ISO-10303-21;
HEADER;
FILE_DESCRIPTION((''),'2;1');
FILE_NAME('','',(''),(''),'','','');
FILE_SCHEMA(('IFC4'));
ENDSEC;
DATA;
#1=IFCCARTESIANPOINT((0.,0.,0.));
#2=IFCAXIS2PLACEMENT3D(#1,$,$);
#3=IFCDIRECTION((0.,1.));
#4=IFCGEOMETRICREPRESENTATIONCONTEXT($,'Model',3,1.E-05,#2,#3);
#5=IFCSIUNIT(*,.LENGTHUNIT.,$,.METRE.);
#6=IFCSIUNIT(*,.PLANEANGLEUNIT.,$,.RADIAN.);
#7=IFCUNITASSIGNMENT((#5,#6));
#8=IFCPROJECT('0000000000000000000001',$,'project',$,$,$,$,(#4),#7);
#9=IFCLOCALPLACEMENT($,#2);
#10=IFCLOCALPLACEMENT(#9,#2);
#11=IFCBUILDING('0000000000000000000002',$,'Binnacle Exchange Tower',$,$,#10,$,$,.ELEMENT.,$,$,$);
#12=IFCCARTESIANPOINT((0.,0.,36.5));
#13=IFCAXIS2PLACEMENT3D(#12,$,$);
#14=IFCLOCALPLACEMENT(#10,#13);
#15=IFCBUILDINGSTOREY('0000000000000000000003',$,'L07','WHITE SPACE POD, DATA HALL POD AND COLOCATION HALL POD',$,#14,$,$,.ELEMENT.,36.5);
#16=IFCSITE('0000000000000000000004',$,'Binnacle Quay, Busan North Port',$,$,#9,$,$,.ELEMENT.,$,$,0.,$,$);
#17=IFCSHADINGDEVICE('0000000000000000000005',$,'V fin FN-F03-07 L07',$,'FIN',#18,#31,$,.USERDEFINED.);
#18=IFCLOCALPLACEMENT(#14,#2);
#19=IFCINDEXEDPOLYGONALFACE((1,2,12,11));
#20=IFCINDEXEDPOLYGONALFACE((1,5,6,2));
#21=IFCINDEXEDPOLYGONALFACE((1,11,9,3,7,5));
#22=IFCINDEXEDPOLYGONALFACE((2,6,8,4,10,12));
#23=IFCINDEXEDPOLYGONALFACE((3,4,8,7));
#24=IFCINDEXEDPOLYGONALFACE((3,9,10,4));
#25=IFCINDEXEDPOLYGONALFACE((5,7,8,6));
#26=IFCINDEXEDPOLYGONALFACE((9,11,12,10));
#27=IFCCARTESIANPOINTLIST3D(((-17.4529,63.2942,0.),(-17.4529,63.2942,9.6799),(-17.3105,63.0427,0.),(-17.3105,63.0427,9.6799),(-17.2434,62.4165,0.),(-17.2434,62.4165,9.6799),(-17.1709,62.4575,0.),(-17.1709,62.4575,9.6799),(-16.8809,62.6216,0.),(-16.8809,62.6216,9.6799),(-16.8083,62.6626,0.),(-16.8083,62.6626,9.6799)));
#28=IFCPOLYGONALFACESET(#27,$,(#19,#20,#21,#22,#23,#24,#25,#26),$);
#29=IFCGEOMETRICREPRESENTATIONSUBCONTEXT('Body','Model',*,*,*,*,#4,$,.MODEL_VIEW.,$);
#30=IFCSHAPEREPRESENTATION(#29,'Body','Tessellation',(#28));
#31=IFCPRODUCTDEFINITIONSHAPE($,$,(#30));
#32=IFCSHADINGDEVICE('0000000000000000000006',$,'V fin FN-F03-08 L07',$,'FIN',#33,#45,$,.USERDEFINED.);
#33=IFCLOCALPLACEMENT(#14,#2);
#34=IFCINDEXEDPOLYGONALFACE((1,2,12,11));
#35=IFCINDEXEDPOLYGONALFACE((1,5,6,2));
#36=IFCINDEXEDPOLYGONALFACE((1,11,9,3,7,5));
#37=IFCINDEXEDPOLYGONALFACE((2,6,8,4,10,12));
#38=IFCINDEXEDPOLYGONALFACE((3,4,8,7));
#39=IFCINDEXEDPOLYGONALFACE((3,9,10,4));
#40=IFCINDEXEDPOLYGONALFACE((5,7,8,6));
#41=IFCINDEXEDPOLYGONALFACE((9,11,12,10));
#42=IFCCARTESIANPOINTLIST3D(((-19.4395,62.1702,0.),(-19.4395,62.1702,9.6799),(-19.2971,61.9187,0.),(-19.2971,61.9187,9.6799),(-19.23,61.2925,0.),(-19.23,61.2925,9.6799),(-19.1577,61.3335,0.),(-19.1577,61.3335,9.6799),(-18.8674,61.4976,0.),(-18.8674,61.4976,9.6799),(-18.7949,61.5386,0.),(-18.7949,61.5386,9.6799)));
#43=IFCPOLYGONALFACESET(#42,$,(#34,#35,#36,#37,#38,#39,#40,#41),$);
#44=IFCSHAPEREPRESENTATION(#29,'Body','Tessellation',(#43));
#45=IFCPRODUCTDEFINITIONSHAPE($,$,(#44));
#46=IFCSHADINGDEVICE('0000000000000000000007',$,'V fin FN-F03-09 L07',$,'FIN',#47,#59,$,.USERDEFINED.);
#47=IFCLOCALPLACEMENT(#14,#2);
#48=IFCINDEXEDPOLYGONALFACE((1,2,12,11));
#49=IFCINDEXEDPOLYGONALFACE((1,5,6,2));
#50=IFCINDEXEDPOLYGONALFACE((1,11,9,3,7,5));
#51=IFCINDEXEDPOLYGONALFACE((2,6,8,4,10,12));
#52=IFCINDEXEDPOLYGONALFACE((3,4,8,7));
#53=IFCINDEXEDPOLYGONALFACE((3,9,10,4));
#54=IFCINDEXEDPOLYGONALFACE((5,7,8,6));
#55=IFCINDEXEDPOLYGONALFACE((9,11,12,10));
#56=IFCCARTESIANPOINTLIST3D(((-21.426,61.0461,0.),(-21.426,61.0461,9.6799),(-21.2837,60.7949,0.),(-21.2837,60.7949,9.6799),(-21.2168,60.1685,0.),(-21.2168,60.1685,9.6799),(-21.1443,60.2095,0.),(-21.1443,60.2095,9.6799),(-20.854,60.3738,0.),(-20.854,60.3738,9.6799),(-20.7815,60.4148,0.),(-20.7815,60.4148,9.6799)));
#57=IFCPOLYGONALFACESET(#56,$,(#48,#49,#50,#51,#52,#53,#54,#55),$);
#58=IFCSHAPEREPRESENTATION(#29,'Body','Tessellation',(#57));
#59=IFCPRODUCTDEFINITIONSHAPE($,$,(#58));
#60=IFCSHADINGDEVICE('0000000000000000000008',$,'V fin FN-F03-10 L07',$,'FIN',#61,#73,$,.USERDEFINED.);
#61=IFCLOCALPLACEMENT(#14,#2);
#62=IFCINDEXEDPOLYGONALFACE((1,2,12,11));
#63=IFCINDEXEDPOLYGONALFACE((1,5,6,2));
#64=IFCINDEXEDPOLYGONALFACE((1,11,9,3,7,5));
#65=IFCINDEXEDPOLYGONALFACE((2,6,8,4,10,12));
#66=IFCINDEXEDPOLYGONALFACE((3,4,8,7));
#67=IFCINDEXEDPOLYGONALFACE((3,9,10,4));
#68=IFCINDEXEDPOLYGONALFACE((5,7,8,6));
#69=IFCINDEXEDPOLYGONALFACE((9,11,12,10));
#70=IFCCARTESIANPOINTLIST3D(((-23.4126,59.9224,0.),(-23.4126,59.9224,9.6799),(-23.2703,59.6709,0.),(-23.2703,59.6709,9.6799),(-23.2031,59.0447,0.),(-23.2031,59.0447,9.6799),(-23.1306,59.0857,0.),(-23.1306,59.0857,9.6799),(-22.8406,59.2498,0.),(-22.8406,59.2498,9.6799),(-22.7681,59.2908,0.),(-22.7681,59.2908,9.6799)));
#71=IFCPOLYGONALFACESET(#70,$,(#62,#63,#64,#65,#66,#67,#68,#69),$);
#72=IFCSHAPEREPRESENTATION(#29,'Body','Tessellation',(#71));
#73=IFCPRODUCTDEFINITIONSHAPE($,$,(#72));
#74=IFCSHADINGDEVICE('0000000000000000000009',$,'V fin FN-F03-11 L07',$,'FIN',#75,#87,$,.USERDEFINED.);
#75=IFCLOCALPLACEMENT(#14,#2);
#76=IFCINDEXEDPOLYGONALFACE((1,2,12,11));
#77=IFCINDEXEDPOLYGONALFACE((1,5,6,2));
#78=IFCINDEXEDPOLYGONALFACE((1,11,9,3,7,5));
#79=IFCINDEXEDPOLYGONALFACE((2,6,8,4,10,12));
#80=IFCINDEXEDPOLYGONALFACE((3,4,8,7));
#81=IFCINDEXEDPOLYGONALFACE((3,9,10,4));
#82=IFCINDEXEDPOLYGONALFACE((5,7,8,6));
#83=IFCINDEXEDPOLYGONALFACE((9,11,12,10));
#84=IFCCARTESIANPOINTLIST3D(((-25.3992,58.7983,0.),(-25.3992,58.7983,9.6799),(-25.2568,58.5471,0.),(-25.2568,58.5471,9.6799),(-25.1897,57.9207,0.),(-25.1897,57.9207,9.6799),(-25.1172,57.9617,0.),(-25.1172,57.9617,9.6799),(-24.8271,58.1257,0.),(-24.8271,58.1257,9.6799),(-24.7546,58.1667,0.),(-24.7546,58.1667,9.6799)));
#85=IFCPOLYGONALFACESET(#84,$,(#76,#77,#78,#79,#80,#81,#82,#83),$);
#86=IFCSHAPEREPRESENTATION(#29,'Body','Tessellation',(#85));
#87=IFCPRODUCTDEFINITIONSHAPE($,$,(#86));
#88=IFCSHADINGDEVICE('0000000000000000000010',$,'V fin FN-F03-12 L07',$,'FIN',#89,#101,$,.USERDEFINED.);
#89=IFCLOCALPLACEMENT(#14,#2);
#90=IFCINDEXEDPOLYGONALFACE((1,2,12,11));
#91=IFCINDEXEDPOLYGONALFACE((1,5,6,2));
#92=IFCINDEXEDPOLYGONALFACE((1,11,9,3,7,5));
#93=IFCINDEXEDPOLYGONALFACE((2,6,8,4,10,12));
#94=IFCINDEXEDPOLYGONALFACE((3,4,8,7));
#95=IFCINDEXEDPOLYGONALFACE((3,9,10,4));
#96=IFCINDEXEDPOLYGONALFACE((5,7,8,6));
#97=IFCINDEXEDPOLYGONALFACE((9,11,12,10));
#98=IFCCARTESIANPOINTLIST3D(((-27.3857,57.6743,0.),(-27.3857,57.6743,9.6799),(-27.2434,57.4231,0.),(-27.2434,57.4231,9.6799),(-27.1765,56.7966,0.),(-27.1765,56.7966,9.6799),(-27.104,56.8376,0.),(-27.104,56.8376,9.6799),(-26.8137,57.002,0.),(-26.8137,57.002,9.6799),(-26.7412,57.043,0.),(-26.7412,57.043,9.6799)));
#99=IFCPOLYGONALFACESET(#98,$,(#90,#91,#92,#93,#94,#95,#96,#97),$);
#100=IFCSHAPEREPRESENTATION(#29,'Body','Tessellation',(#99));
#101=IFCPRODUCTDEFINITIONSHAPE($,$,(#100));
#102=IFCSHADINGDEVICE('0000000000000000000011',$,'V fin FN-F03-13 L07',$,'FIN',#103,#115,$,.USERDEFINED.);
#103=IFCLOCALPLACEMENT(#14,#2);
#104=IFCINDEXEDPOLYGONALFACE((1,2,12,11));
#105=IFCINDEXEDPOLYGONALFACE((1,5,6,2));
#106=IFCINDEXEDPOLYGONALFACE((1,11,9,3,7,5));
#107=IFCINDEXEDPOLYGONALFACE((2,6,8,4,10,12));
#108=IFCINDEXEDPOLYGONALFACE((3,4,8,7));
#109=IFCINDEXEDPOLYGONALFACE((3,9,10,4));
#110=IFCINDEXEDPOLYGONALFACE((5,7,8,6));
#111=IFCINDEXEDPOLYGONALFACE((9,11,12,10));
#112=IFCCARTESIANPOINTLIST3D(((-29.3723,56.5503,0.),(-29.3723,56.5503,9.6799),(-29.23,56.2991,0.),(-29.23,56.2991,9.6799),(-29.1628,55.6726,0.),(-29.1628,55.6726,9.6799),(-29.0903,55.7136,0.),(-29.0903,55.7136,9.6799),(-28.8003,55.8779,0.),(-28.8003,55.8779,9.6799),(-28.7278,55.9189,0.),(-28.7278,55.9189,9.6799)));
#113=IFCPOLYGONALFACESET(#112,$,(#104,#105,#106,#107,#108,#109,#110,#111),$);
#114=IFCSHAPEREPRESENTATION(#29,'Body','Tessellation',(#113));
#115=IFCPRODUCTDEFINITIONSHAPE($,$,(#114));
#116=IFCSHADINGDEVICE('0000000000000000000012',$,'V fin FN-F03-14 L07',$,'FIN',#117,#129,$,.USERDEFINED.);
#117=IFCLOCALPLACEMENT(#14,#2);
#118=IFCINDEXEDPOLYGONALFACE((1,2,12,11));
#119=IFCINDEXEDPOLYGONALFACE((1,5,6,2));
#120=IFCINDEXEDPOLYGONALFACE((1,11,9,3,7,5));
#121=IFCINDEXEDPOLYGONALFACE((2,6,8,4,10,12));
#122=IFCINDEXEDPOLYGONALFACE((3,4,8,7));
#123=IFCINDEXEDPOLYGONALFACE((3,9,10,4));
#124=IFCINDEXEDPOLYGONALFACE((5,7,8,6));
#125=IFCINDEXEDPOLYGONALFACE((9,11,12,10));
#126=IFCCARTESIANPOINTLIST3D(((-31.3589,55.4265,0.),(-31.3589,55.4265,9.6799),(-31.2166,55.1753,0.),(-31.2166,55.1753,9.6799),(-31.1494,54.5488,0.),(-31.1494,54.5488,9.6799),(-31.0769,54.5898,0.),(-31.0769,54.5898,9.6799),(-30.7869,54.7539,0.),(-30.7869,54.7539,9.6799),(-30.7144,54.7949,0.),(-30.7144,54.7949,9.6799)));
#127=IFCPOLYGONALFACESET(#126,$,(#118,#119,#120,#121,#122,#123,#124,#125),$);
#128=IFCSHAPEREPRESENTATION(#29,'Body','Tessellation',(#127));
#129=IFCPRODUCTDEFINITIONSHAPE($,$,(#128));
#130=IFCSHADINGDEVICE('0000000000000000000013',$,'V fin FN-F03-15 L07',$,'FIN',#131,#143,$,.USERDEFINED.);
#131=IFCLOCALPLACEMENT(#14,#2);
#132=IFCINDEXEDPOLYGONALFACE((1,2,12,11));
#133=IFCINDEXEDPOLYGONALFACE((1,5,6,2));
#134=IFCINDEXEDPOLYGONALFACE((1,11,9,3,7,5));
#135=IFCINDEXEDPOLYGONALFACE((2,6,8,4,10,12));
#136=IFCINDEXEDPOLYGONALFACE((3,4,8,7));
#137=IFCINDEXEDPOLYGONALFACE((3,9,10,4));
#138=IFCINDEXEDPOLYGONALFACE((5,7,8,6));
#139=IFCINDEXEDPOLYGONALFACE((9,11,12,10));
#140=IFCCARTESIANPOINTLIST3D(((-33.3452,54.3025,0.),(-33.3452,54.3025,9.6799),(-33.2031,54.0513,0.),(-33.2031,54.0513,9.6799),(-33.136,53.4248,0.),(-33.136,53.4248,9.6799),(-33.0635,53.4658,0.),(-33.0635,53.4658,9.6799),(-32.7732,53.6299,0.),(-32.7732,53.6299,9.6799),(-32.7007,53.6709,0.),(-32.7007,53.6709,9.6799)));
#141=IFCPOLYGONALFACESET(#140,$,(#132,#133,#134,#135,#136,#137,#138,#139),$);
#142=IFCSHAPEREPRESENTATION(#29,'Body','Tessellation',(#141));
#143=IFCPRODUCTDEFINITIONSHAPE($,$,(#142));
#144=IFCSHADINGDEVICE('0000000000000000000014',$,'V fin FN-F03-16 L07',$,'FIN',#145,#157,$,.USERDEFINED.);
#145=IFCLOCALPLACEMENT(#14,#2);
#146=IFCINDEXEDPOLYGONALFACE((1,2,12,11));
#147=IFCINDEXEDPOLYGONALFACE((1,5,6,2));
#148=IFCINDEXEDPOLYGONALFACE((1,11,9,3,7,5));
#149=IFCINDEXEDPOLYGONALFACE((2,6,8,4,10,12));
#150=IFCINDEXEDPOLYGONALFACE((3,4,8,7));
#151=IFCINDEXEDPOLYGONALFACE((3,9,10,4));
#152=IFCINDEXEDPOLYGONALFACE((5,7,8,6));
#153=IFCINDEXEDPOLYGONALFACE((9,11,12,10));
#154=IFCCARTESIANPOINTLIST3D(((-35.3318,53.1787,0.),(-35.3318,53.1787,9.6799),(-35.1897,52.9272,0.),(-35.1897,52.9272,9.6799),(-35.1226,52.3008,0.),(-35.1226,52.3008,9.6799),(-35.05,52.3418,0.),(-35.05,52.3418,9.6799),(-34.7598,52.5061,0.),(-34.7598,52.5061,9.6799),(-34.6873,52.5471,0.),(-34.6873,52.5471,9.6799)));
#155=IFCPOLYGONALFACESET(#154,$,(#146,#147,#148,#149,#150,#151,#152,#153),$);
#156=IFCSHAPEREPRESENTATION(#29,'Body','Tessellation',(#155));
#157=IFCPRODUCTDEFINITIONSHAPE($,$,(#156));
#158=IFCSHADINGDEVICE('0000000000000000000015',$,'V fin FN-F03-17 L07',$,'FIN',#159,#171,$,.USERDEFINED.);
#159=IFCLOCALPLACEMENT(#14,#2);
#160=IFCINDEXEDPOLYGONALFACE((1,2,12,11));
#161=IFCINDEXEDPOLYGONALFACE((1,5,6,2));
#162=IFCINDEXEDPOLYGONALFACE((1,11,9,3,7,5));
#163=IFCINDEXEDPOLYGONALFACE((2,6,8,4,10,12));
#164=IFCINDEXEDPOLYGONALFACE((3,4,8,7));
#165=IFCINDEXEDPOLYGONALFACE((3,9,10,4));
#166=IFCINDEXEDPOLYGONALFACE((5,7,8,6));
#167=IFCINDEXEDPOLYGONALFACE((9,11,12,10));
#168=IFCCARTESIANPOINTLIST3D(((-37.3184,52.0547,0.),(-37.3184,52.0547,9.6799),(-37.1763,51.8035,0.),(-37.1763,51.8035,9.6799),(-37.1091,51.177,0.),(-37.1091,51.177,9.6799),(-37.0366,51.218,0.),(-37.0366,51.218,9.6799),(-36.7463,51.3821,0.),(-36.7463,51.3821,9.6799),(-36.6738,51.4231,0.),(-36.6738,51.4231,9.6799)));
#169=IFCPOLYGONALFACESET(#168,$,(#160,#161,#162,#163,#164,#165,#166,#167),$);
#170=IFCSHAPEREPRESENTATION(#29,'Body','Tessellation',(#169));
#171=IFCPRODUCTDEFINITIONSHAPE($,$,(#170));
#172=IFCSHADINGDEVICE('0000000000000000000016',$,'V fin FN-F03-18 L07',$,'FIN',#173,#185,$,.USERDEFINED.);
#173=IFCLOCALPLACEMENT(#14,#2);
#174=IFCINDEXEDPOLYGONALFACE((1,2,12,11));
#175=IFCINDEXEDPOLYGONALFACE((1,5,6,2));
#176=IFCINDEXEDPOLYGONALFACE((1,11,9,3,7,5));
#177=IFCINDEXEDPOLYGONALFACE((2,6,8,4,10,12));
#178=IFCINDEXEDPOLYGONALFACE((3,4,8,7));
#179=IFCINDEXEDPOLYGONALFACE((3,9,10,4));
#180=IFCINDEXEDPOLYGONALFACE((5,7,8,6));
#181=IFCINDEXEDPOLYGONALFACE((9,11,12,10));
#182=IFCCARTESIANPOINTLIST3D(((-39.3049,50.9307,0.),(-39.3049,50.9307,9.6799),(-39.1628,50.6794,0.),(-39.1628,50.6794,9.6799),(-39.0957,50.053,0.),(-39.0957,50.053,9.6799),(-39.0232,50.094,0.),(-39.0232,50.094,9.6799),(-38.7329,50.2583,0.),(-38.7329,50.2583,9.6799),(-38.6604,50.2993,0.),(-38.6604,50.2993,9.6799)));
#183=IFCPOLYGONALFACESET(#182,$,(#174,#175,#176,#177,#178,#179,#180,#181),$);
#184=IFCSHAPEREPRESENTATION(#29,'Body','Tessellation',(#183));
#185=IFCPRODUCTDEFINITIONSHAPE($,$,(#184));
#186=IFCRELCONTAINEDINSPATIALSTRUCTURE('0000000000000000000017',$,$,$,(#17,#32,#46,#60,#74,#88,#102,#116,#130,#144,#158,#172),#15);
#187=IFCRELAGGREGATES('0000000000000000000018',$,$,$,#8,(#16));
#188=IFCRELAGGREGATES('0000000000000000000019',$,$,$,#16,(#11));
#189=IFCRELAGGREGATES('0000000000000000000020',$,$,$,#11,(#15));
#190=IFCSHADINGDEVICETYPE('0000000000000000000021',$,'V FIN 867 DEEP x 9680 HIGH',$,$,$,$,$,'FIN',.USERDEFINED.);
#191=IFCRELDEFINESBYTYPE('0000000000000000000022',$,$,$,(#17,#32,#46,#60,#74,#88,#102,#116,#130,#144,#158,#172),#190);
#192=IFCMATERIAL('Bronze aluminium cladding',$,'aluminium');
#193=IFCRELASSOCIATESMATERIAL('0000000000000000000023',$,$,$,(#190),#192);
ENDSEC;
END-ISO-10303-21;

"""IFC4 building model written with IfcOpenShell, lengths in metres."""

from ifc_helpers import new_model, si_unit, direction, frame, origin, place, context, subcontext, project, spatial, polyline, outline, extrude, material, type_object, element, save


model = new_model("IFC4")

# Units and contexts
model_context = context("Model", 3, precision=1e-05, world=origin(), true_north=direction((0.0, 1.0)))
body_context = subcontext(model_context, "Body", "Model", "MODEL_VIEW")
ifc_project = project(units=[si_unit("LENGTHUNIT", "METRE"), si_unit("PLANEANGLEUNIT", "RADIAN")], contexts=[model_context])

# Site, building, storey
site_placement = place(None, origin())
site = spatial("IfcSite", under=ifc_project, at=site_placement, Name="Binnacle Quay, Busan North Port", CompositionType="ELEMENT", RefElevation=0.0)
building_placement = place(site_placement, origin())
building = spatial("IfcBuilding", under=site, at=building_placement, Name="Binnacle Exchange Tower", CompositionType="ELEMENT")
storey_placement = place(building_placement, frame((0.0, 0.0, 36.5)))
storey = spatial("IfcBuildingStorey", under=building, at=storey_placement, Name="L07", Description="WHITE SPACE POD, DATA HALL POD AND COLOCATION HALL POD", CompositionType="ELEMENT", Elevation=36.5)

# Shading devices
ifc_material = material(Name="Bronze aluminium cladding", Category="aluminium")
shading_device_type = type_object("IfcShadingDeviceType", Name="V FIN 867 DEEP x 9680 HIGH", ElementType="FIN", PredefinedType="USERDEFINED", material=ifc_material)
shading_device_1_placement = place(storey_placement, origin())
element("IfcShadingDevice", 1, at=shading_device_1_placement, inside=storey, type_object=shading_device_type, Name="V fin FN-F03-07 L07", ObjectType="FIN", PredefinedType="USERDEFINED", context=body_context, shape_type="SweptSolid", body=[
    extrude(outline(polyline([(-16.8083, 62.6626), (-17.4529, 63.2942), (-17.2434, 62.4165), (-17.1709, 62.4575), (-17.3105, 63.0427), (-16.8809, 62.6216), (-16.8083, 62.6626)])), origin(), (0.0, 0.0, 1.0), 9.6799),
])
shading_device_2_placement = place(storey_placement, origin())
element("IfcShadingDevice", 2, at=shading_device_2_placement, inside=storey, type_object=shading_device_type, Name="V fin FN-F03-08 L07", ObjectType="FIN", PredefinedType="USERDEFINED", context=body_context, shape_type="SweptSolid", body=[
    extrude(outline(polyline([(-18.7949, 61.5386), (-19.4395, 62.1702), (-19.23, 61.2925), (-19.1577, 61.3335), (-19.2971, 61.9187), (-18.8674, 61.4976), (-18.7949, 61.5386)])), origin(), (0.0, 0.0, 1.0), 9.6799),
])
shading_device_3_placement = place(storey_placement, origin())
element("IfcShadingDevice", 3, at=shading_device_3_placement, inside=storey, type_object=shading_device_type, Name="V fin FN-F03-09 L07", ObjectType="FIN", PredefinedType="USERDEFINED", context=body_context, shape_type="SweptSolid", body=[
    extrude(outline(polyline([(-20.7815, 60.4148), (-21.426, 61.0461), (-21.2168, 60.1685), (-21.1443, 60.2095), (-21.2837, 60.7949), (-20.854, 60.3738), (-20.7815, 60.4148)])), origin(), (0.0, 0.0, 1.0), 9.6799),
])
shading_device_4_placement = place(storey_placement, origin())
element("IfcShadingDevice", 4, at=shading_device_4_placement, inside=storey, type_object=shading_device_type, Name="V fin FN-F03-10 L07", ObjectType="FIN", PredefinedType="USERDEFINED", context=body_context, shape_type="SweptSolid", body=[
    extrude(outline(polyline([(-22.7681, 59.2908), (-23.4126, 59.9224), (-23.2031, 59.0447), (-23.1306, 59.0857), (-23.2703, 59.6709), (-22.8406, 59.2498), (-22.7681, 59.2908)])), origin(), (0.0, 0.0, 1.0), 9.6799),
])
shading_device_5_placement = place(storey_placement, origin())
element("IfcShadingDevice", 5, at=shading_device_5_placement, inside=storey, type_object=shading_device_type, Name="V fin FN-F03-11 L07", ObjectType="FIN", PredefinedType="USERDEFINED", context=body_context, shape_type="SweptSolid", body=[
    extrude(outline(polyline([(-24.7546, 58.1667), (-25.3992, 58.7983), (-25.1897, 57.9207), (-25.1172, 57.9617), (-25.2568, 58.5471), (-24.8271, 58.1257), (-24.7546, 58.1667)])), origin(), (0.0, 0.0, 1.0), 9.6799),
])
shading_device_6_placement = place(storey_placement, origin())
element("IfcShadingDevice", 6, at=shading_device_6_placement, inside=storey, type_object=shading_device_type, Name="V fin FN-F03-12 L07", ObjectType="FIN", PredefinedType="USERDEFINED", context=body_context, shape_type="SweptSolid", body=[
    extrude(outline(polyline([(-26.7412, 57.043), (-27.3857, 57.6743), (-27.1765, 56.7966), (-27.104, 56.8376), (-27.2434, 57.4231), (-26.8137, 57.002), (-26.7412, 57.043)])), origin(), (0.0, 0.0, 1.0), 9.6799),
])
shading_device_7_placement = place(storey_placement, origin())
element("IfcShadingDevice", 7, at=shading_device_7_placement, inside=storey, type_object=shading_device_type, Name="V fin FN-F03-13 L07", ObjectType="FIN", PredefinedType="USERDEFINED", context=body_context, shape_type="SweptSolid", body=[
    extrude(outline(polyline([(-28.7278, 55.9189), (-29.3723, 56.5503), (-29.1628, 55.6726), (-29.0903, 55.7136), (-29.23, 56.2991), (-28.8003, 55.8779), (-28.7278, 55.9189)])), origin(), (0.0, 0.0, 1.0), 9.6799),
])
shading_device_8_placement = place(storey_placement, origin())
element("IfcShadingDevice", 8, at=shading_device_8_placement, inside=storey, type_object=shading_device_type, Name="V fin FN-F03-14 L07", ObjectType="FIN", PredefinedType="USERDEFINED", context=body_context, shape_type="SweptSolid", body=[
    extrude(outline(polyline([(-30.7144, 54.7949), (-31.3589, 55.4265), (-31.1494, 54.5488), (-31.0769, 54.5898), (-31.2166, 55.1753), (-30.7869, 54.7539), (-30.7144, 54.7949)])), origin(), (0.0, 0.0, 1.0), 9.6799),
])
shading_device_9_placement = place(storey_placement, origin())
element("IfcShadingDevice", 9, at=shading_device_9_placement, inside=storey, type_object=shading_device_type, Name="V fin FN-F03-15 L07", ObjectType="FIN", PredefinedType="USERDEFINED", context=body_context, shape_type="SweptSolid", body=[
    extrude(outline(polyline([(-32.7007, 53.6709), (-33.3452, 54.3025), (-33.136, 53.4248), (-33.0635, 53.4658), (-33.2031, 54.0513), (-32.7732, 53.6299), (-32.7007, 53.6709)])), origin(), (0.0, 0.0, 1.0), 9.6799),
])
shading_device_10_placement = place(storey_placement, origin())
element("IfcShadingDevice", 10, at=shading_device_10_placement, inside=storey, type_object=shading_device_type, Name="V fin FN-F03-16 L07", ObjectType="FIN", PredefinedType="USERDEFINED", context=body_context, shape_type="SweptSolid", body=[
    extrude(outline(polyline([(-34.6873, 52.5471), (-35.3318, 53.1787), (-35.1226, 52.3008), (-35.05, 52.3418), (-35.1897, 52.9272), (-34.7598, 52.5061), (-34.6873, 52.5471)])), origin(), (0.0, 0.0, 1.0), 9.6799),
])
shading_device_11_placement = place(storey_placement, origin())
element("IfcShadingDevice", 11, at=shading_device_11_placement, inside=storey, type_object=shading_device_type, Name="V fin FN-F03-17 L07", ObjectType="FIN", PredefinedType="USERDEFINED", context=body_context, shape_type="SweptSolid", body=[
    extrude(outline(polyline([(-36.6738, 51.4231), (-37.3184, 52.0547), (-37.1091, 51.177), (-37.0366, 51.218), (-37.1763, 51.8035), (-36.7463, 51.3821), (-36.6738, 51.4231)])), origin(), (0.0, 0.0, 1.0), 9.6799),
])
shading_device_12_placement = place(storey_placement, origin())
element("IfcShadingDevice", 12, at=shading_device_12_placement, inside=storey, type_object=shading_device_type, Name="V fin FN-F03-18 L07", ObjectType="FIN", PredefinedType="USERDEFINED", context=body_context, shape_type="SweptSolid", body=[
    extrude(outline(polyline([(-38.6604, 50.2993), (-39.3049, 50.9307), (-39.0957, 50.053), (-39.0232, 50.094), (-39.1628, 50.6794), (-38.7329, 50.2583), (-38.6604, 50.2993)])), origin(), (0.0, 0.0, 1.0), 9.6799),
])

save(model, "model.ifc")
